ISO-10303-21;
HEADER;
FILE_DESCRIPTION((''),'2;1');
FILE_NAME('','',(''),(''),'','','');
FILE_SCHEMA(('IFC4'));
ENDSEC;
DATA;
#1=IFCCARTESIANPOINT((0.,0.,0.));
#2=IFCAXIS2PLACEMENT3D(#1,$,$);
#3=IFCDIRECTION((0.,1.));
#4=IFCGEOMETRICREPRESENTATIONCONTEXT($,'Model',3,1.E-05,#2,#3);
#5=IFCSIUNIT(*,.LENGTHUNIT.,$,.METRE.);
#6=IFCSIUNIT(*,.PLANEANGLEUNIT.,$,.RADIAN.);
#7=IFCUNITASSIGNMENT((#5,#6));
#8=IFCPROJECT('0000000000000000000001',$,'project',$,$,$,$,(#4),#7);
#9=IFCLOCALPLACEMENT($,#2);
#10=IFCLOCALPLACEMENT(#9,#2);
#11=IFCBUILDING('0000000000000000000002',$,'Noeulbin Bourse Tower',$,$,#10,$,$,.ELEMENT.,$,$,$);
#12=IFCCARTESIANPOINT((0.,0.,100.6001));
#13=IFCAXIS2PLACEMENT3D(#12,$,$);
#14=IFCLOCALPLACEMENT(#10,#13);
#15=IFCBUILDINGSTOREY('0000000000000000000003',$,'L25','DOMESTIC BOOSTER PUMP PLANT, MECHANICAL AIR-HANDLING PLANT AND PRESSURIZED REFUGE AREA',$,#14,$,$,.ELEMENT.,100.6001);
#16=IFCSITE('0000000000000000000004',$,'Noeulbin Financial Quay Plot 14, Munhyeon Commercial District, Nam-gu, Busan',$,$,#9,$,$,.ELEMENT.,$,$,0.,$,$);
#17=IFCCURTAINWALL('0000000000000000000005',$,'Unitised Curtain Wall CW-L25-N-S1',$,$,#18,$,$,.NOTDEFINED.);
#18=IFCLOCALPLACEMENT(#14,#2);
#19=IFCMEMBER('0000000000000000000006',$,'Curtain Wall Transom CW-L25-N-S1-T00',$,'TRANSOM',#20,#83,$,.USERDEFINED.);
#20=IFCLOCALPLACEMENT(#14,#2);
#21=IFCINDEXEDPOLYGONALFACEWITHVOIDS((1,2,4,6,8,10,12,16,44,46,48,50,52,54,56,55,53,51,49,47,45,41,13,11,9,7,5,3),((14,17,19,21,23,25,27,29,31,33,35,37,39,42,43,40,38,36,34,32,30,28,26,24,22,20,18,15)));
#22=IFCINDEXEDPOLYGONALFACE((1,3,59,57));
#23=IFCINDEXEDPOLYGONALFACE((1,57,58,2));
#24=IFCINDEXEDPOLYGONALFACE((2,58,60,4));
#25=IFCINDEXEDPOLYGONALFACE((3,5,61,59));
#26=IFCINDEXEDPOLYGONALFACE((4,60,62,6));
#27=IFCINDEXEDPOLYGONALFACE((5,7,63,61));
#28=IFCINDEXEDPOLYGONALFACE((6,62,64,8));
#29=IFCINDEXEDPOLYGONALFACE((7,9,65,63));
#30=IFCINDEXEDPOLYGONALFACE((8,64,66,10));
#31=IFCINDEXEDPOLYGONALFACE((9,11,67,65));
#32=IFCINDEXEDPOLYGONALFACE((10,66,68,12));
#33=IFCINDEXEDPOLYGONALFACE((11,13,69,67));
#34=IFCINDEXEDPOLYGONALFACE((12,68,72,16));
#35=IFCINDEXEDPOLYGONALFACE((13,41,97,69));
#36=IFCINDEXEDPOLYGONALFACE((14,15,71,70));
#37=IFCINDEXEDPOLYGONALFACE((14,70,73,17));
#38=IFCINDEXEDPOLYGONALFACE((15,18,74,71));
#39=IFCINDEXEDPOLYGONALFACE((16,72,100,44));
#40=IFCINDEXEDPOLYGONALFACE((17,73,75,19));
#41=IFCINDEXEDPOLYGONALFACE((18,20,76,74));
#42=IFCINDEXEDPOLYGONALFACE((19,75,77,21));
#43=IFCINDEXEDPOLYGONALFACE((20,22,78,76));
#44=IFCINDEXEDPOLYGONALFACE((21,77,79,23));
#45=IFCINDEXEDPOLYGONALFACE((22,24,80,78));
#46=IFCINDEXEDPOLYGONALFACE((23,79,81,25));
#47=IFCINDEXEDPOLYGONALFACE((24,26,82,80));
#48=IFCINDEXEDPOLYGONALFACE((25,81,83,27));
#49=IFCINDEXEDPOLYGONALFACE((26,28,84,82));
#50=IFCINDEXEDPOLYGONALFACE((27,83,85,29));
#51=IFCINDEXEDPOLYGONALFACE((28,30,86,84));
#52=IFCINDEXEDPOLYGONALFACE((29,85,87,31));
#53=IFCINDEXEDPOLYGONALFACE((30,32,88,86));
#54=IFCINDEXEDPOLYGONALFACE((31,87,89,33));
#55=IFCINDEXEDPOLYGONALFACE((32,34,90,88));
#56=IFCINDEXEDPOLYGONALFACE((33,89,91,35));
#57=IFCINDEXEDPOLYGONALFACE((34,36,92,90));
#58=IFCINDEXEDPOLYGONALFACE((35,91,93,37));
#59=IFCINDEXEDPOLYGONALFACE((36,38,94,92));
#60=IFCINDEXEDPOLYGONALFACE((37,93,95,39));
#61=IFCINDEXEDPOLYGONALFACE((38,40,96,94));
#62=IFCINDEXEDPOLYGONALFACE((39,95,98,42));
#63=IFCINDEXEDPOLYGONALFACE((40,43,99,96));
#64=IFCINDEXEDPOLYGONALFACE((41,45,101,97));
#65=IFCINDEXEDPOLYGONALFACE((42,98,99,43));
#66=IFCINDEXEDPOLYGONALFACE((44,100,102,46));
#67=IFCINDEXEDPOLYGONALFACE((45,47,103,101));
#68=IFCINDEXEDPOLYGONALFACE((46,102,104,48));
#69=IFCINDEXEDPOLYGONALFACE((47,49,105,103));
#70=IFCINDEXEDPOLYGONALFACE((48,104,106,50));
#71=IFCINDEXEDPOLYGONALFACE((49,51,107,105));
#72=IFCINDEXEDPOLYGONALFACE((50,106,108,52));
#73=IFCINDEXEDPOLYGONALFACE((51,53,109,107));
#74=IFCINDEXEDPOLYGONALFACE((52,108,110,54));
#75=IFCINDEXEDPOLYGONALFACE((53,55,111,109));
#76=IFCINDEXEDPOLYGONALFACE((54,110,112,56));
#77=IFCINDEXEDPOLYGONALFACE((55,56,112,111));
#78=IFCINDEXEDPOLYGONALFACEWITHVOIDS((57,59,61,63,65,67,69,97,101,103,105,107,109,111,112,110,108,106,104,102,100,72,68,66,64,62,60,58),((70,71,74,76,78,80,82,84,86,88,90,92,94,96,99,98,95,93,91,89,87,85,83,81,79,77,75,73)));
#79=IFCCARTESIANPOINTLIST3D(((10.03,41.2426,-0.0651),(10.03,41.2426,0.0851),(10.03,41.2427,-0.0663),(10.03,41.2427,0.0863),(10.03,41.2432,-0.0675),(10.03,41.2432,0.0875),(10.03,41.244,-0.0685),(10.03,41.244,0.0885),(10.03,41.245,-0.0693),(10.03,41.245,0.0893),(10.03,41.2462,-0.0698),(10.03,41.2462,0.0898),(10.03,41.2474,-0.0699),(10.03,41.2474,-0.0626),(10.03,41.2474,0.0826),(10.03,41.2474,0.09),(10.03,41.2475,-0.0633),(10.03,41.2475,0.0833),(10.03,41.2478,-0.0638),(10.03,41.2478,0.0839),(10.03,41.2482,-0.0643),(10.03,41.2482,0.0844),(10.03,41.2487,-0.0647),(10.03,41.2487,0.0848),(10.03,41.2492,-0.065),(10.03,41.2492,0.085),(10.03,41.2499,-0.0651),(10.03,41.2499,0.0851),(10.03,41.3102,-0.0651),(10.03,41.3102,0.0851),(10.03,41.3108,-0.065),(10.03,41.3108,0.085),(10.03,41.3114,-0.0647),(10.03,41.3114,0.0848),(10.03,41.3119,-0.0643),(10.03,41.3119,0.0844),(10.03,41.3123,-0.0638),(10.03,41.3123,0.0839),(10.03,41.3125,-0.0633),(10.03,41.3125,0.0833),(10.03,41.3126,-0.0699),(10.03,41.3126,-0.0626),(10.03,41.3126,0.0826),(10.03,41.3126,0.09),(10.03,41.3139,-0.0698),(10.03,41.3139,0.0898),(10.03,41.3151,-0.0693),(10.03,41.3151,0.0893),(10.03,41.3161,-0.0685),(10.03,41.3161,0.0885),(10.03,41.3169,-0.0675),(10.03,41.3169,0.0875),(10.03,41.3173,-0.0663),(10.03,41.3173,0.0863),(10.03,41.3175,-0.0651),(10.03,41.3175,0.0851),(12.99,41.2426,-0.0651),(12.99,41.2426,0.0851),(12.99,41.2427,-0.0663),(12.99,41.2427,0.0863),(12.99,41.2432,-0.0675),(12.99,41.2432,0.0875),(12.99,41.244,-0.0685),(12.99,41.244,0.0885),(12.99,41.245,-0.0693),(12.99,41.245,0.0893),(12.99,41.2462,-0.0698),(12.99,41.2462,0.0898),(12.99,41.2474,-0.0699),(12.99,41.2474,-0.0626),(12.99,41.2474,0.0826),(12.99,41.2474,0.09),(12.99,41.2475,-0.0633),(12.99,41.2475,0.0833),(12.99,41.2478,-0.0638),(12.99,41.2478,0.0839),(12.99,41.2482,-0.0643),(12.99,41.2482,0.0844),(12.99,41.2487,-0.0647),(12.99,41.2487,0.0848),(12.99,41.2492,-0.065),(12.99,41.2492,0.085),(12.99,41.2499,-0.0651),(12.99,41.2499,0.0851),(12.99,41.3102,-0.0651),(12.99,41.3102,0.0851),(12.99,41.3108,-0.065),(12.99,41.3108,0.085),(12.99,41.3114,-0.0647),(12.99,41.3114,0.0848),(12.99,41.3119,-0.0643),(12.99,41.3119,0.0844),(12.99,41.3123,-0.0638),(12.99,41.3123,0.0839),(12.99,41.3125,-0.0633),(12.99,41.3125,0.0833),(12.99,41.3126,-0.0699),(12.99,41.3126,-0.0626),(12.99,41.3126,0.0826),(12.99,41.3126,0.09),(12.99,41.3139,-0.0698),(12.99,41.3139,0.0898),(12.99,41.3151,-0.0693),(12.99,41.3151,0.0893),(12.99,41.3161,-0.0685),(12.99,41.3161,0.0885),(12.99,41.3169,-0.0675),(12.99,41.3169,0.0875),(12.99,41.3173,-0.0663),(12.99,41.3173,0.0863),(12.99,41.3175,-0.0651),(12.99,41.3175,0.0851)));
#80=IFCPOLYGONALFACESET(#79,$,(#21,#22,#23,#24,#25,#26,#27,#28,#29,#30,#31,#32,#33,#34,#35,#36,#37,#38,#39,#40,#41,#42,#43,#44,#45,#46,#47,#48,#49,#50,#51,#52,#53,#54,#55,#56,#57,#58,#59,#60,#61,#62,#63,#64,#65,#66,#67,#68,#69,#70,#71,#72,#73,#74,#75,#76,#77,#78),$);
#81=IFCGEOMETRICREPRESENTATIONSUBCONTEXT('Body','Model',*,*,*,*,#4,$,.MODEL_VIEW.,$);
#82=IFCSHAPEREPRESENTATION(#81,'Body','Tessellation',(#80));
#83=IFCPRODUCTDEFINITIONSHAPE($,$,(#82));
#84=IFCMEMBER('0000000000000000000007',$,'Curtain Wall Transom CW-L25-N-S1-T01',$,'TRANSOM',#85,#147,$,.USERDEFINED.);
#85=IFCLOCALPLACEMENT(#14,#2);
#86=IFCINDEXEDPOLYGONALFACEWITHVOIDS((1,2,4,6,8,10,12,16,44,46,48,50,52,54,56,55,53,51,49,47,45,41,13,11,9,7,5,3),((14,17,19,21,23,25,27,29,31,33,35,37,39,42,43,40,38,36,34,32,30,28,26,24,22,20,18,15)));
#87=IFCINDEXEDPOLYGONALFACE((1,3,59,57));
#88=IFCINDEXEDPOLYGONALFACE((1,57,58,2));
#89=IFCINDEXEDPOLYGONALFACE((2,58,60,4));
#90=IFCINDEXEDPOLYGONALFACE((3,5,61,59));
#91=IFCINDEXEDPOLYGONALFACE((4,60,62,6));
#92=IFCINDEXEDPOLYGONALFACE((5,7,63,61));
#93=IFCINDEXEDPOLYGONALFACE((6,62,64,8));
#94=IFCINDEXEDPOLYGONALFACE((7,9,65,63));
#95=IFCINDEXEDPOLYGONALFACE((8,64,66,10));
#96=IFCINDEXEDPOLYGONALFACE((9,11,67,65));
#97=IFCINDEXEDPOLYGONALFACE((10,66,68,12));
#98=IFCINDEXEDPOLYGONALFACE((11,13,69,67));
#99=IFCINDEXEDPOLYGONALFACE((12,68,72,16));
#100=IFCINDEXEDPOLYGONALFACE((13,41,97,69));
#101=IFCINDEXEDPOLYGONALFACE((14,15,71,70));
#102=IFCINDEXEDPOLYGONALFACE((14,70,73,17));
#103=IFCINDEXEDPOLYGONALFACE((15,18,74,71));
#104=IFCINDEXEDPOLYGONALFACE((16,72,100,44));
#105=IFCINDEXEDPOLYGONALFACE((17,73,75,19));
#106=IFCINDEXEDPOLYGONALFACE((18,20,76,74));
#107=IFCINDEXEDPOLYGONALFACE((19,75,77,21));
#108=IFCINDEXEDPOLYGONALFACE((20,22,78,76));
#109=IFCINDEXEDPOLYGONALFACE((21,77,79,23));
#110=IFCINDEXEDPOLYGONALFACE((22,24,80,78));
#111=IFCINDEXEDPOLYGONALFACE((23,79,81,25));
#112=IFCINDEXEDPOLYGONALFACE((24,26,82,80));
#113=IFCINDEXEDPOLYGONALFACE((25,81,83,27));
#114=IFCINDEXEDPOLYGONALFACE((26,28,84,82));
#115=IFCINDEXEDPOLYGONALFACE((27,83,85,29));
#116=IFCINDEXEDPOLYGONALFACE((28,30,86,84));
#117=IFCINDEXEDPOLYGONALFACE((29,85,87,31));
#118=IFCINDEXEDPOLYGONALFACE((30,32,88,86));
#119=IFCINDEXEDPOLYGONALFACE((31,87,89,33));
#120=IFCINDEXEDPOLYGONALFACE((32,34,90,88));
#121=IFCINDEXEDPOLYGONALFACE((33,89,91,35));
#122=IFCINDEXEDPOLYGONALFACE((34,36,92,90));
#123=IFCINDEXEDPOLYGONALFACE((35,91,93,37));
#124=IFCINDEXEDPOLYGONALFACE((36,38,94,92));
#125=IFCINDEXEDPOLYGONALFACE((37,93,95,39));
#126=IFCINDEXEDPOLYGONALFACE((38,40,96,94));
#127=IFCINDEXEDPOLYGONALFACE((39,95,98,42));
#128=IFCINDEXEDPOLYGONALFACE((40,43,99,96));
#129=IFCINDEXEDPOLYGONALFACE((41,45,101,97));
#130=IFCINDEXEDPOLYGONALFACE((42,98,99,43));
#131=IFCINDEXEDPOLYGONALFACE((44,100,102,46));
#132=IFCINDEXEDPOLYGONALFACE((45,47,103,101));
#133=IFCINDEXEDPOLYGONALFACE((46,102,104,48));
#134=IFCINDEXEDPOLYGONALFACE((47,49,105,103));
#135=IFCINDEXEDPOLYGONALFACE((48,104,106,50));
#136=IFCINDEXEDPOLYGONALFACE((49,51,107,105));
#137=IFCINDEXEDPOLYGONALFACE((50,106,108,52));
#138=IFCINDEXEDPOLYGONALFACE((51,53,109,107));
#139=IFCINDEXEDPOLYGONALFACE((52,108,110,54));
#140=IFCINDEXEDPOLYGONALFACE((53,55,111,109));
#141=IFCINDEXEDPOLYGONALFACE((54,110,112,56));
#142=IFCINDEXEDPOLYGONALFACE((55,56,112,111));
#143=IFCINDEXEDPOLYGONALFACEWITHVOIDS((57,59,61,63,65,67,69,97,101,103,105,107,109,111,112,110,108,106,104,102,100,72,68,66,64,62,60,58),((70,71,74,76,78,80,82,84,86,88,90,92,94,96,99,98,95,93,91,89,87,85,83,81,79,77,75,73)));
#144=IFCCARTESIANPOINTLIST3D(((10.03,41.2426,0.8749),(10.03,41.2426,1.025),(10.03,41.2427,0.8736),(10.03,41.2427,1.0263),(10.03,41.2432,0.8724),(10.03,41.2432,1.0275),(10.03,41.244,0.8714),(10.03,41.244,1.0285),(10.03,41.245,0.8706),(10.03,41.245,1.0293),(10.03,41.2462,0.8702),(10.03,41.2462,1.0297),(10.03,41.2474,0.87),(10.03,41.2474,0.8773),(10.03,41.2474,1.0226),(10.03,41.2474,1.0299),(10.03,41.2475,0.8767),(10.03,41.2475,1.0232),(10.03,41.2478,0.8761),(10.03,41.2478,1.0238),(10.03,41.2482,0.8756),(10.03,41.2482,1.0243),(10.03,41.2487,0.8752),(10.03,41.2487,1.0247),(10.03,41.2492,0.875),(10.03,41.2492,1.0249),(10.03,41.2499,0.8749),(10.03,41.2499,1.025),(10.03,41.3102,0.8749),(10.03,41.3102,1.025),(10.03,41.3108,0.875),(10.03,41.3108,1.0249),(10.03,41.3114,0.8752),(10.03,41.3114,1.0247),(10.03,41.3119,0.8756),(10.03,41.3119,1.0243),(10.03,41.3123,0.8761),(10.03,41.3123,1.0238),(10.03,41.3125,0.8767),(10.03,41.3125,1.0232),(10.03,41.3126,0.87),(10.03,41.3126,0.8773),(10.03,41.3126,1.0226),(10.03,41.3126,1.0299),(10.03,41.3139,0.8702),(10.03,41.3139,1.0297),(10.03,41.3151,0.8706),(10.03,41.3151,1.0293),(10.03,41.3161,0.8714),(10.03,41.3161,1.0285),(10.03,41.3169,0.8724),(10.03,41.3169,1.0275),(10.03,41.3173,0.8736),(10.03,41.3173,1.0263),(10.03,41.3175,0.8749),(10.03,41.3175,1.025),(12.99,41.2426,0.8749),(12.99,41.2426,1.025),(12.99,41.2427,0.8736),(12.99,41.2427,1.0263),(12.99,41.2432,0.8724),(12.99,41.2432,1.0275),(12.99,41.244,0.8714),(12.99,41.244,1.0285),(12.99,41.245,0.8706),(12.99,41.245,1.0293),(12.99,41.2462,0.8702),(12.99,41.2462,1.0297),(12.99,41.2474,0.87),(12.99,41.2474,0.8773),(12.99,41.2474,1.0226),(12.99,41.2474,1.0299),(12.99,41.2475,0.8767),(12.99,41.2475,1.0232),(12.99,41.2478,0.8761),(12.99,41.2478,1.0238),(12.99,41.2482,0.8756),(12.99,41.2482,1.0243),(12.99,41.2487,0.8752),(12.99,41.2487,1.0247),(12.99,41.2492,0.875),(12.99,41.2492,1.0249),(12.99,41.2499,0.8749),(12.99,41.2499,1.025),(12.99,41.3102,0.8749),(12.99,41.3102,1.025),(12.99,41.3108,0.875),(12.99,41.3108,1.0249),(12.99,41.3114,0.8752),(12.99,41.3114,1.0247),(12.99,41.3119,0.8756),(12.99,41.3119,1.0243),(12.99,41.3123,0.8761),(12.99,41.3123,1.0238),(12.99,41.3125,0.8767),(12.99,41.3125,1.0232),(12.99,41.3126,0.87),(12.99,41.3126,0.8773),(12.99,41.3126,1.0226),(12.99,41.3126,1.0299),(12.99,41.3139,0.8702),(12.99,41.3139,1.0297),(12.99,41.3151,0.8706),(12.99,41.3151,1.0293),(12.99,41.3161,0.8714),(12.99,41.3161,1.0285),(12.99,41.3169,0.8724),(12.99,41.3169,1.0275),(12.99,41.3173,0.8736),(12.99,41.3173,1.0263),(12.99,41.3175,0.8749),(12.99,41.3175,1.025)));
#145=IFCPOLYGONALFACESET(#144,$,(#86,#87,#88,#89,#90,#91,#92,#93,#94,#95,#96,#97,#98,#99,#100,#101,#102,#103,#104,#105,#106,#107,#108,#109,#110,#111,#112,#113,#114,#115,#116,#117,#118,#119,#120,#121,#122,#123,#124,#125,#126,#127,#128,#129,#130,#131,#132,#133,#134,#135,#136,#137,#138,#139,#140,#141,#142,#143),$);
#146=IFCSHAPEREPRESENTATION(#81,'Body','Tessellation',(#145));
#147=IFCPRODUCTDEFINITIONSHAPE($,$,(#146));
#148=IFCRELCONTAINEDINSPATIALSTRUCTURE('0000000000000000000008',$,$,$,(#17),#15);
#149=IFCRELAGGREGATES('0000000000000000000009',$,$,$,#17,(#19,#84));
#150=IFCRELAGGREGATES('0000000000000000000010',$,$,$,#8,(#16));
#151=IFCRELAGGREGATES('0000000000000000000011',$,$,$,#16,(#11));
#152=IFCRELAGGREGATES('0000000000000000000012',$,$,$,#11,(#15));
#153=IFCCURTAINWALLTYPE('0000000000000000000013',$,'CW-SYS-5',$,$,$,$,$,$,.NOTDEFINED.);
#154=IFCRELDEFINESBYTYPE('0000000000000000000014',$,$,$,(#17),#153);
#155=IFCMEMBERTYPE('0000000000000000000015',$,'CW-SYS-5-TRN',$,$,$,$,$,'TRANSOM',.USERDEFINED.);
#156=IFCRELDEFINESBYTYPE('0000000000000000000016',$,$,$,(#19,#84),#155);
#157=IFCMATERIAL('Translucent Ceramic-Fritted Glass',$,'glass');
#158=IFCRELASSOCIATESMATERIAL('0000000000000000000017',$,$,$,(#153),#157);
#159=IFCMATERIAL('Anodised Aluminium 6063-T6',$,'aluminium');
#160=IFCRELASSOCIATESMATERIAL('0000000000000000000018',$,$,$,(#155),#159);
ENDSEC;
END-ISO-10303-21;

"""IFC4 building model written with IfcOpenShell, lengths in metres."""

from ifc_helpers import new_model, si_unit, direction, frame, origin, origin_2d, place, context, subcontext, project, spatial, hollow_rectangle, extrude, material, material_profile, profile_set, type_object, element, aggregate, save


model = new_model("IFC4")

# Units and contexts
model_context = context("Model", 3, precision=1e-05, world=origin(), true_north=direction((0.0, 1.0)))
body_context = subcontext(model_context, "Body", "Model", "MODEL_VIEW")
ifc_project = project(units=[si_unit("LENGTHUNIT", "METRE"), si_unit("PLANEANGLEUNIT", "RADIAN")], contexts=[model_context])

# Site, building, storey
site_placement = place(None, origin())
site = spatial("IfcSite", under=ifc_project, at=site_placement, Name="Noeulbin Financial Quay Plot 14, Munhyeon Commercial District, Nam-gu, Busan", CompositionType="ELEMENT", RefElevation=0.0)
building_placement = place(site_placement, origin())
building = spatial("IfcBuilding", under=site, at=building_placement, Name="Noeulbin Bourse Tower", CompositionType="ELEMENT")
storey_placement = place(building_placement, frame((0.0, 0.0, 100.6001)))
storey = spatial("IfcBuildingStorey", under=building, at=storey_placement, Name="L25", Description="DOMESTIC BOOSTER PUMP PLANT, MECHANICAL AIR-HANDLING PLANT AND PRESSURIZED REFUGE AREA", CompositionType="ELEMENT", Elevation=100.6001)

# Curtain wall
ifc_material_1 = material(Name="Translucent Ceramic-Fritted Glass", Category="glass")
curtain_wall_type = type_object("IfcCurtainWallType", Name="CW-SYS-5", PredefinedType="NOTDEFINED", material=ifc_material_1)
curtain_wall_1_placement = place(storey_placement, origin())
curtain_wall_1 = element("IfcCurtainWall", 1, at=curtain_wall_1_placement, inside=storey, type_object=curtain_wall_type, Name="Unitised Curtain Wall CW-L25-N-S1", PredefinedType="NOTDEFINED")
ifc_material_2 = material(Name="Anodised Aluminium 6063-T6", Category="aluminium")

# Members
ifc_material_profile_1 = material_profile(ifc_material_2, hollow_rectangle(XDim=0.075, YDim=0.1599, WallThickness=0.0049, InnerFilletRadius=0.0024, OuterFilletRadius=0.0049, at=origin_2d()), Name="ALU-TRAN-75x160x5", Category="LoadBearing")
ifc_profile_set_1 = profile_set([ifc_material_profile_1], Name="Anodised Aluminium 6063-T6")
member_type_1 = type_object("IfcMemberType", Name="CW-SYS-5-TRN", ElementType="TRANSOM", PredefinedType="USERDEFINED", material=ifc_profile_set_1)
member_1_placement = place(storey_placement, frame((10.03, 41.28, 0.01), z_axis=(1.0, 0.0, 0.0), x_axis=(0.0, 1.0, 0.0)))
member_1 = element("IfcMember", 2, at=member_1_placement, type_object=member_type_1, Name="Curtain Wall Transom CW-L25-N-S1-T00", ObjectType="TRANSOM", PredefinedType="USERDEFINED", context=body_context, shape_type="SweptSolid", body=[
    extrude(hollow_rectangle(XDim=0.075, YDim=0.1599, WallThickness=0.0049, InnerFilletRadius=0.0024, OuterFilletRadius=0.0049, at=origin_2d()), origin(), (0.0, 0.0, 1.0), 2.96),
])
member_2_placement = place(storey_placement, frame((10.03, 41.28, 0.95), z_axis=(1.0, 0.0, 0.0), x_axis=(0.0, 1.0, 0.0)))
member_2 = element("IfcMember", 3, at=member_2_placement, type_object=member_type_1, Name="Curtain Wall Transom CW-L25-N-S1-T01", ObjectType="TRANSOM", PredefinedType="USERDEFINED", context=body_context, shape_type="SweptSolid", body=[
    extrude(hollow_rectangle(XDim=0.075, YDim=0.1599, WallThickness=0.0049, InnerFilletRadius=0.0024, OuterFilletRadius=0.0049, at=origin_2d()), origin(), (0.0, 0.0, 1.0), 2.96),
])

aggregate(curtain_wall_1, [member_1, member_2])

save(model, "model.ifc")
